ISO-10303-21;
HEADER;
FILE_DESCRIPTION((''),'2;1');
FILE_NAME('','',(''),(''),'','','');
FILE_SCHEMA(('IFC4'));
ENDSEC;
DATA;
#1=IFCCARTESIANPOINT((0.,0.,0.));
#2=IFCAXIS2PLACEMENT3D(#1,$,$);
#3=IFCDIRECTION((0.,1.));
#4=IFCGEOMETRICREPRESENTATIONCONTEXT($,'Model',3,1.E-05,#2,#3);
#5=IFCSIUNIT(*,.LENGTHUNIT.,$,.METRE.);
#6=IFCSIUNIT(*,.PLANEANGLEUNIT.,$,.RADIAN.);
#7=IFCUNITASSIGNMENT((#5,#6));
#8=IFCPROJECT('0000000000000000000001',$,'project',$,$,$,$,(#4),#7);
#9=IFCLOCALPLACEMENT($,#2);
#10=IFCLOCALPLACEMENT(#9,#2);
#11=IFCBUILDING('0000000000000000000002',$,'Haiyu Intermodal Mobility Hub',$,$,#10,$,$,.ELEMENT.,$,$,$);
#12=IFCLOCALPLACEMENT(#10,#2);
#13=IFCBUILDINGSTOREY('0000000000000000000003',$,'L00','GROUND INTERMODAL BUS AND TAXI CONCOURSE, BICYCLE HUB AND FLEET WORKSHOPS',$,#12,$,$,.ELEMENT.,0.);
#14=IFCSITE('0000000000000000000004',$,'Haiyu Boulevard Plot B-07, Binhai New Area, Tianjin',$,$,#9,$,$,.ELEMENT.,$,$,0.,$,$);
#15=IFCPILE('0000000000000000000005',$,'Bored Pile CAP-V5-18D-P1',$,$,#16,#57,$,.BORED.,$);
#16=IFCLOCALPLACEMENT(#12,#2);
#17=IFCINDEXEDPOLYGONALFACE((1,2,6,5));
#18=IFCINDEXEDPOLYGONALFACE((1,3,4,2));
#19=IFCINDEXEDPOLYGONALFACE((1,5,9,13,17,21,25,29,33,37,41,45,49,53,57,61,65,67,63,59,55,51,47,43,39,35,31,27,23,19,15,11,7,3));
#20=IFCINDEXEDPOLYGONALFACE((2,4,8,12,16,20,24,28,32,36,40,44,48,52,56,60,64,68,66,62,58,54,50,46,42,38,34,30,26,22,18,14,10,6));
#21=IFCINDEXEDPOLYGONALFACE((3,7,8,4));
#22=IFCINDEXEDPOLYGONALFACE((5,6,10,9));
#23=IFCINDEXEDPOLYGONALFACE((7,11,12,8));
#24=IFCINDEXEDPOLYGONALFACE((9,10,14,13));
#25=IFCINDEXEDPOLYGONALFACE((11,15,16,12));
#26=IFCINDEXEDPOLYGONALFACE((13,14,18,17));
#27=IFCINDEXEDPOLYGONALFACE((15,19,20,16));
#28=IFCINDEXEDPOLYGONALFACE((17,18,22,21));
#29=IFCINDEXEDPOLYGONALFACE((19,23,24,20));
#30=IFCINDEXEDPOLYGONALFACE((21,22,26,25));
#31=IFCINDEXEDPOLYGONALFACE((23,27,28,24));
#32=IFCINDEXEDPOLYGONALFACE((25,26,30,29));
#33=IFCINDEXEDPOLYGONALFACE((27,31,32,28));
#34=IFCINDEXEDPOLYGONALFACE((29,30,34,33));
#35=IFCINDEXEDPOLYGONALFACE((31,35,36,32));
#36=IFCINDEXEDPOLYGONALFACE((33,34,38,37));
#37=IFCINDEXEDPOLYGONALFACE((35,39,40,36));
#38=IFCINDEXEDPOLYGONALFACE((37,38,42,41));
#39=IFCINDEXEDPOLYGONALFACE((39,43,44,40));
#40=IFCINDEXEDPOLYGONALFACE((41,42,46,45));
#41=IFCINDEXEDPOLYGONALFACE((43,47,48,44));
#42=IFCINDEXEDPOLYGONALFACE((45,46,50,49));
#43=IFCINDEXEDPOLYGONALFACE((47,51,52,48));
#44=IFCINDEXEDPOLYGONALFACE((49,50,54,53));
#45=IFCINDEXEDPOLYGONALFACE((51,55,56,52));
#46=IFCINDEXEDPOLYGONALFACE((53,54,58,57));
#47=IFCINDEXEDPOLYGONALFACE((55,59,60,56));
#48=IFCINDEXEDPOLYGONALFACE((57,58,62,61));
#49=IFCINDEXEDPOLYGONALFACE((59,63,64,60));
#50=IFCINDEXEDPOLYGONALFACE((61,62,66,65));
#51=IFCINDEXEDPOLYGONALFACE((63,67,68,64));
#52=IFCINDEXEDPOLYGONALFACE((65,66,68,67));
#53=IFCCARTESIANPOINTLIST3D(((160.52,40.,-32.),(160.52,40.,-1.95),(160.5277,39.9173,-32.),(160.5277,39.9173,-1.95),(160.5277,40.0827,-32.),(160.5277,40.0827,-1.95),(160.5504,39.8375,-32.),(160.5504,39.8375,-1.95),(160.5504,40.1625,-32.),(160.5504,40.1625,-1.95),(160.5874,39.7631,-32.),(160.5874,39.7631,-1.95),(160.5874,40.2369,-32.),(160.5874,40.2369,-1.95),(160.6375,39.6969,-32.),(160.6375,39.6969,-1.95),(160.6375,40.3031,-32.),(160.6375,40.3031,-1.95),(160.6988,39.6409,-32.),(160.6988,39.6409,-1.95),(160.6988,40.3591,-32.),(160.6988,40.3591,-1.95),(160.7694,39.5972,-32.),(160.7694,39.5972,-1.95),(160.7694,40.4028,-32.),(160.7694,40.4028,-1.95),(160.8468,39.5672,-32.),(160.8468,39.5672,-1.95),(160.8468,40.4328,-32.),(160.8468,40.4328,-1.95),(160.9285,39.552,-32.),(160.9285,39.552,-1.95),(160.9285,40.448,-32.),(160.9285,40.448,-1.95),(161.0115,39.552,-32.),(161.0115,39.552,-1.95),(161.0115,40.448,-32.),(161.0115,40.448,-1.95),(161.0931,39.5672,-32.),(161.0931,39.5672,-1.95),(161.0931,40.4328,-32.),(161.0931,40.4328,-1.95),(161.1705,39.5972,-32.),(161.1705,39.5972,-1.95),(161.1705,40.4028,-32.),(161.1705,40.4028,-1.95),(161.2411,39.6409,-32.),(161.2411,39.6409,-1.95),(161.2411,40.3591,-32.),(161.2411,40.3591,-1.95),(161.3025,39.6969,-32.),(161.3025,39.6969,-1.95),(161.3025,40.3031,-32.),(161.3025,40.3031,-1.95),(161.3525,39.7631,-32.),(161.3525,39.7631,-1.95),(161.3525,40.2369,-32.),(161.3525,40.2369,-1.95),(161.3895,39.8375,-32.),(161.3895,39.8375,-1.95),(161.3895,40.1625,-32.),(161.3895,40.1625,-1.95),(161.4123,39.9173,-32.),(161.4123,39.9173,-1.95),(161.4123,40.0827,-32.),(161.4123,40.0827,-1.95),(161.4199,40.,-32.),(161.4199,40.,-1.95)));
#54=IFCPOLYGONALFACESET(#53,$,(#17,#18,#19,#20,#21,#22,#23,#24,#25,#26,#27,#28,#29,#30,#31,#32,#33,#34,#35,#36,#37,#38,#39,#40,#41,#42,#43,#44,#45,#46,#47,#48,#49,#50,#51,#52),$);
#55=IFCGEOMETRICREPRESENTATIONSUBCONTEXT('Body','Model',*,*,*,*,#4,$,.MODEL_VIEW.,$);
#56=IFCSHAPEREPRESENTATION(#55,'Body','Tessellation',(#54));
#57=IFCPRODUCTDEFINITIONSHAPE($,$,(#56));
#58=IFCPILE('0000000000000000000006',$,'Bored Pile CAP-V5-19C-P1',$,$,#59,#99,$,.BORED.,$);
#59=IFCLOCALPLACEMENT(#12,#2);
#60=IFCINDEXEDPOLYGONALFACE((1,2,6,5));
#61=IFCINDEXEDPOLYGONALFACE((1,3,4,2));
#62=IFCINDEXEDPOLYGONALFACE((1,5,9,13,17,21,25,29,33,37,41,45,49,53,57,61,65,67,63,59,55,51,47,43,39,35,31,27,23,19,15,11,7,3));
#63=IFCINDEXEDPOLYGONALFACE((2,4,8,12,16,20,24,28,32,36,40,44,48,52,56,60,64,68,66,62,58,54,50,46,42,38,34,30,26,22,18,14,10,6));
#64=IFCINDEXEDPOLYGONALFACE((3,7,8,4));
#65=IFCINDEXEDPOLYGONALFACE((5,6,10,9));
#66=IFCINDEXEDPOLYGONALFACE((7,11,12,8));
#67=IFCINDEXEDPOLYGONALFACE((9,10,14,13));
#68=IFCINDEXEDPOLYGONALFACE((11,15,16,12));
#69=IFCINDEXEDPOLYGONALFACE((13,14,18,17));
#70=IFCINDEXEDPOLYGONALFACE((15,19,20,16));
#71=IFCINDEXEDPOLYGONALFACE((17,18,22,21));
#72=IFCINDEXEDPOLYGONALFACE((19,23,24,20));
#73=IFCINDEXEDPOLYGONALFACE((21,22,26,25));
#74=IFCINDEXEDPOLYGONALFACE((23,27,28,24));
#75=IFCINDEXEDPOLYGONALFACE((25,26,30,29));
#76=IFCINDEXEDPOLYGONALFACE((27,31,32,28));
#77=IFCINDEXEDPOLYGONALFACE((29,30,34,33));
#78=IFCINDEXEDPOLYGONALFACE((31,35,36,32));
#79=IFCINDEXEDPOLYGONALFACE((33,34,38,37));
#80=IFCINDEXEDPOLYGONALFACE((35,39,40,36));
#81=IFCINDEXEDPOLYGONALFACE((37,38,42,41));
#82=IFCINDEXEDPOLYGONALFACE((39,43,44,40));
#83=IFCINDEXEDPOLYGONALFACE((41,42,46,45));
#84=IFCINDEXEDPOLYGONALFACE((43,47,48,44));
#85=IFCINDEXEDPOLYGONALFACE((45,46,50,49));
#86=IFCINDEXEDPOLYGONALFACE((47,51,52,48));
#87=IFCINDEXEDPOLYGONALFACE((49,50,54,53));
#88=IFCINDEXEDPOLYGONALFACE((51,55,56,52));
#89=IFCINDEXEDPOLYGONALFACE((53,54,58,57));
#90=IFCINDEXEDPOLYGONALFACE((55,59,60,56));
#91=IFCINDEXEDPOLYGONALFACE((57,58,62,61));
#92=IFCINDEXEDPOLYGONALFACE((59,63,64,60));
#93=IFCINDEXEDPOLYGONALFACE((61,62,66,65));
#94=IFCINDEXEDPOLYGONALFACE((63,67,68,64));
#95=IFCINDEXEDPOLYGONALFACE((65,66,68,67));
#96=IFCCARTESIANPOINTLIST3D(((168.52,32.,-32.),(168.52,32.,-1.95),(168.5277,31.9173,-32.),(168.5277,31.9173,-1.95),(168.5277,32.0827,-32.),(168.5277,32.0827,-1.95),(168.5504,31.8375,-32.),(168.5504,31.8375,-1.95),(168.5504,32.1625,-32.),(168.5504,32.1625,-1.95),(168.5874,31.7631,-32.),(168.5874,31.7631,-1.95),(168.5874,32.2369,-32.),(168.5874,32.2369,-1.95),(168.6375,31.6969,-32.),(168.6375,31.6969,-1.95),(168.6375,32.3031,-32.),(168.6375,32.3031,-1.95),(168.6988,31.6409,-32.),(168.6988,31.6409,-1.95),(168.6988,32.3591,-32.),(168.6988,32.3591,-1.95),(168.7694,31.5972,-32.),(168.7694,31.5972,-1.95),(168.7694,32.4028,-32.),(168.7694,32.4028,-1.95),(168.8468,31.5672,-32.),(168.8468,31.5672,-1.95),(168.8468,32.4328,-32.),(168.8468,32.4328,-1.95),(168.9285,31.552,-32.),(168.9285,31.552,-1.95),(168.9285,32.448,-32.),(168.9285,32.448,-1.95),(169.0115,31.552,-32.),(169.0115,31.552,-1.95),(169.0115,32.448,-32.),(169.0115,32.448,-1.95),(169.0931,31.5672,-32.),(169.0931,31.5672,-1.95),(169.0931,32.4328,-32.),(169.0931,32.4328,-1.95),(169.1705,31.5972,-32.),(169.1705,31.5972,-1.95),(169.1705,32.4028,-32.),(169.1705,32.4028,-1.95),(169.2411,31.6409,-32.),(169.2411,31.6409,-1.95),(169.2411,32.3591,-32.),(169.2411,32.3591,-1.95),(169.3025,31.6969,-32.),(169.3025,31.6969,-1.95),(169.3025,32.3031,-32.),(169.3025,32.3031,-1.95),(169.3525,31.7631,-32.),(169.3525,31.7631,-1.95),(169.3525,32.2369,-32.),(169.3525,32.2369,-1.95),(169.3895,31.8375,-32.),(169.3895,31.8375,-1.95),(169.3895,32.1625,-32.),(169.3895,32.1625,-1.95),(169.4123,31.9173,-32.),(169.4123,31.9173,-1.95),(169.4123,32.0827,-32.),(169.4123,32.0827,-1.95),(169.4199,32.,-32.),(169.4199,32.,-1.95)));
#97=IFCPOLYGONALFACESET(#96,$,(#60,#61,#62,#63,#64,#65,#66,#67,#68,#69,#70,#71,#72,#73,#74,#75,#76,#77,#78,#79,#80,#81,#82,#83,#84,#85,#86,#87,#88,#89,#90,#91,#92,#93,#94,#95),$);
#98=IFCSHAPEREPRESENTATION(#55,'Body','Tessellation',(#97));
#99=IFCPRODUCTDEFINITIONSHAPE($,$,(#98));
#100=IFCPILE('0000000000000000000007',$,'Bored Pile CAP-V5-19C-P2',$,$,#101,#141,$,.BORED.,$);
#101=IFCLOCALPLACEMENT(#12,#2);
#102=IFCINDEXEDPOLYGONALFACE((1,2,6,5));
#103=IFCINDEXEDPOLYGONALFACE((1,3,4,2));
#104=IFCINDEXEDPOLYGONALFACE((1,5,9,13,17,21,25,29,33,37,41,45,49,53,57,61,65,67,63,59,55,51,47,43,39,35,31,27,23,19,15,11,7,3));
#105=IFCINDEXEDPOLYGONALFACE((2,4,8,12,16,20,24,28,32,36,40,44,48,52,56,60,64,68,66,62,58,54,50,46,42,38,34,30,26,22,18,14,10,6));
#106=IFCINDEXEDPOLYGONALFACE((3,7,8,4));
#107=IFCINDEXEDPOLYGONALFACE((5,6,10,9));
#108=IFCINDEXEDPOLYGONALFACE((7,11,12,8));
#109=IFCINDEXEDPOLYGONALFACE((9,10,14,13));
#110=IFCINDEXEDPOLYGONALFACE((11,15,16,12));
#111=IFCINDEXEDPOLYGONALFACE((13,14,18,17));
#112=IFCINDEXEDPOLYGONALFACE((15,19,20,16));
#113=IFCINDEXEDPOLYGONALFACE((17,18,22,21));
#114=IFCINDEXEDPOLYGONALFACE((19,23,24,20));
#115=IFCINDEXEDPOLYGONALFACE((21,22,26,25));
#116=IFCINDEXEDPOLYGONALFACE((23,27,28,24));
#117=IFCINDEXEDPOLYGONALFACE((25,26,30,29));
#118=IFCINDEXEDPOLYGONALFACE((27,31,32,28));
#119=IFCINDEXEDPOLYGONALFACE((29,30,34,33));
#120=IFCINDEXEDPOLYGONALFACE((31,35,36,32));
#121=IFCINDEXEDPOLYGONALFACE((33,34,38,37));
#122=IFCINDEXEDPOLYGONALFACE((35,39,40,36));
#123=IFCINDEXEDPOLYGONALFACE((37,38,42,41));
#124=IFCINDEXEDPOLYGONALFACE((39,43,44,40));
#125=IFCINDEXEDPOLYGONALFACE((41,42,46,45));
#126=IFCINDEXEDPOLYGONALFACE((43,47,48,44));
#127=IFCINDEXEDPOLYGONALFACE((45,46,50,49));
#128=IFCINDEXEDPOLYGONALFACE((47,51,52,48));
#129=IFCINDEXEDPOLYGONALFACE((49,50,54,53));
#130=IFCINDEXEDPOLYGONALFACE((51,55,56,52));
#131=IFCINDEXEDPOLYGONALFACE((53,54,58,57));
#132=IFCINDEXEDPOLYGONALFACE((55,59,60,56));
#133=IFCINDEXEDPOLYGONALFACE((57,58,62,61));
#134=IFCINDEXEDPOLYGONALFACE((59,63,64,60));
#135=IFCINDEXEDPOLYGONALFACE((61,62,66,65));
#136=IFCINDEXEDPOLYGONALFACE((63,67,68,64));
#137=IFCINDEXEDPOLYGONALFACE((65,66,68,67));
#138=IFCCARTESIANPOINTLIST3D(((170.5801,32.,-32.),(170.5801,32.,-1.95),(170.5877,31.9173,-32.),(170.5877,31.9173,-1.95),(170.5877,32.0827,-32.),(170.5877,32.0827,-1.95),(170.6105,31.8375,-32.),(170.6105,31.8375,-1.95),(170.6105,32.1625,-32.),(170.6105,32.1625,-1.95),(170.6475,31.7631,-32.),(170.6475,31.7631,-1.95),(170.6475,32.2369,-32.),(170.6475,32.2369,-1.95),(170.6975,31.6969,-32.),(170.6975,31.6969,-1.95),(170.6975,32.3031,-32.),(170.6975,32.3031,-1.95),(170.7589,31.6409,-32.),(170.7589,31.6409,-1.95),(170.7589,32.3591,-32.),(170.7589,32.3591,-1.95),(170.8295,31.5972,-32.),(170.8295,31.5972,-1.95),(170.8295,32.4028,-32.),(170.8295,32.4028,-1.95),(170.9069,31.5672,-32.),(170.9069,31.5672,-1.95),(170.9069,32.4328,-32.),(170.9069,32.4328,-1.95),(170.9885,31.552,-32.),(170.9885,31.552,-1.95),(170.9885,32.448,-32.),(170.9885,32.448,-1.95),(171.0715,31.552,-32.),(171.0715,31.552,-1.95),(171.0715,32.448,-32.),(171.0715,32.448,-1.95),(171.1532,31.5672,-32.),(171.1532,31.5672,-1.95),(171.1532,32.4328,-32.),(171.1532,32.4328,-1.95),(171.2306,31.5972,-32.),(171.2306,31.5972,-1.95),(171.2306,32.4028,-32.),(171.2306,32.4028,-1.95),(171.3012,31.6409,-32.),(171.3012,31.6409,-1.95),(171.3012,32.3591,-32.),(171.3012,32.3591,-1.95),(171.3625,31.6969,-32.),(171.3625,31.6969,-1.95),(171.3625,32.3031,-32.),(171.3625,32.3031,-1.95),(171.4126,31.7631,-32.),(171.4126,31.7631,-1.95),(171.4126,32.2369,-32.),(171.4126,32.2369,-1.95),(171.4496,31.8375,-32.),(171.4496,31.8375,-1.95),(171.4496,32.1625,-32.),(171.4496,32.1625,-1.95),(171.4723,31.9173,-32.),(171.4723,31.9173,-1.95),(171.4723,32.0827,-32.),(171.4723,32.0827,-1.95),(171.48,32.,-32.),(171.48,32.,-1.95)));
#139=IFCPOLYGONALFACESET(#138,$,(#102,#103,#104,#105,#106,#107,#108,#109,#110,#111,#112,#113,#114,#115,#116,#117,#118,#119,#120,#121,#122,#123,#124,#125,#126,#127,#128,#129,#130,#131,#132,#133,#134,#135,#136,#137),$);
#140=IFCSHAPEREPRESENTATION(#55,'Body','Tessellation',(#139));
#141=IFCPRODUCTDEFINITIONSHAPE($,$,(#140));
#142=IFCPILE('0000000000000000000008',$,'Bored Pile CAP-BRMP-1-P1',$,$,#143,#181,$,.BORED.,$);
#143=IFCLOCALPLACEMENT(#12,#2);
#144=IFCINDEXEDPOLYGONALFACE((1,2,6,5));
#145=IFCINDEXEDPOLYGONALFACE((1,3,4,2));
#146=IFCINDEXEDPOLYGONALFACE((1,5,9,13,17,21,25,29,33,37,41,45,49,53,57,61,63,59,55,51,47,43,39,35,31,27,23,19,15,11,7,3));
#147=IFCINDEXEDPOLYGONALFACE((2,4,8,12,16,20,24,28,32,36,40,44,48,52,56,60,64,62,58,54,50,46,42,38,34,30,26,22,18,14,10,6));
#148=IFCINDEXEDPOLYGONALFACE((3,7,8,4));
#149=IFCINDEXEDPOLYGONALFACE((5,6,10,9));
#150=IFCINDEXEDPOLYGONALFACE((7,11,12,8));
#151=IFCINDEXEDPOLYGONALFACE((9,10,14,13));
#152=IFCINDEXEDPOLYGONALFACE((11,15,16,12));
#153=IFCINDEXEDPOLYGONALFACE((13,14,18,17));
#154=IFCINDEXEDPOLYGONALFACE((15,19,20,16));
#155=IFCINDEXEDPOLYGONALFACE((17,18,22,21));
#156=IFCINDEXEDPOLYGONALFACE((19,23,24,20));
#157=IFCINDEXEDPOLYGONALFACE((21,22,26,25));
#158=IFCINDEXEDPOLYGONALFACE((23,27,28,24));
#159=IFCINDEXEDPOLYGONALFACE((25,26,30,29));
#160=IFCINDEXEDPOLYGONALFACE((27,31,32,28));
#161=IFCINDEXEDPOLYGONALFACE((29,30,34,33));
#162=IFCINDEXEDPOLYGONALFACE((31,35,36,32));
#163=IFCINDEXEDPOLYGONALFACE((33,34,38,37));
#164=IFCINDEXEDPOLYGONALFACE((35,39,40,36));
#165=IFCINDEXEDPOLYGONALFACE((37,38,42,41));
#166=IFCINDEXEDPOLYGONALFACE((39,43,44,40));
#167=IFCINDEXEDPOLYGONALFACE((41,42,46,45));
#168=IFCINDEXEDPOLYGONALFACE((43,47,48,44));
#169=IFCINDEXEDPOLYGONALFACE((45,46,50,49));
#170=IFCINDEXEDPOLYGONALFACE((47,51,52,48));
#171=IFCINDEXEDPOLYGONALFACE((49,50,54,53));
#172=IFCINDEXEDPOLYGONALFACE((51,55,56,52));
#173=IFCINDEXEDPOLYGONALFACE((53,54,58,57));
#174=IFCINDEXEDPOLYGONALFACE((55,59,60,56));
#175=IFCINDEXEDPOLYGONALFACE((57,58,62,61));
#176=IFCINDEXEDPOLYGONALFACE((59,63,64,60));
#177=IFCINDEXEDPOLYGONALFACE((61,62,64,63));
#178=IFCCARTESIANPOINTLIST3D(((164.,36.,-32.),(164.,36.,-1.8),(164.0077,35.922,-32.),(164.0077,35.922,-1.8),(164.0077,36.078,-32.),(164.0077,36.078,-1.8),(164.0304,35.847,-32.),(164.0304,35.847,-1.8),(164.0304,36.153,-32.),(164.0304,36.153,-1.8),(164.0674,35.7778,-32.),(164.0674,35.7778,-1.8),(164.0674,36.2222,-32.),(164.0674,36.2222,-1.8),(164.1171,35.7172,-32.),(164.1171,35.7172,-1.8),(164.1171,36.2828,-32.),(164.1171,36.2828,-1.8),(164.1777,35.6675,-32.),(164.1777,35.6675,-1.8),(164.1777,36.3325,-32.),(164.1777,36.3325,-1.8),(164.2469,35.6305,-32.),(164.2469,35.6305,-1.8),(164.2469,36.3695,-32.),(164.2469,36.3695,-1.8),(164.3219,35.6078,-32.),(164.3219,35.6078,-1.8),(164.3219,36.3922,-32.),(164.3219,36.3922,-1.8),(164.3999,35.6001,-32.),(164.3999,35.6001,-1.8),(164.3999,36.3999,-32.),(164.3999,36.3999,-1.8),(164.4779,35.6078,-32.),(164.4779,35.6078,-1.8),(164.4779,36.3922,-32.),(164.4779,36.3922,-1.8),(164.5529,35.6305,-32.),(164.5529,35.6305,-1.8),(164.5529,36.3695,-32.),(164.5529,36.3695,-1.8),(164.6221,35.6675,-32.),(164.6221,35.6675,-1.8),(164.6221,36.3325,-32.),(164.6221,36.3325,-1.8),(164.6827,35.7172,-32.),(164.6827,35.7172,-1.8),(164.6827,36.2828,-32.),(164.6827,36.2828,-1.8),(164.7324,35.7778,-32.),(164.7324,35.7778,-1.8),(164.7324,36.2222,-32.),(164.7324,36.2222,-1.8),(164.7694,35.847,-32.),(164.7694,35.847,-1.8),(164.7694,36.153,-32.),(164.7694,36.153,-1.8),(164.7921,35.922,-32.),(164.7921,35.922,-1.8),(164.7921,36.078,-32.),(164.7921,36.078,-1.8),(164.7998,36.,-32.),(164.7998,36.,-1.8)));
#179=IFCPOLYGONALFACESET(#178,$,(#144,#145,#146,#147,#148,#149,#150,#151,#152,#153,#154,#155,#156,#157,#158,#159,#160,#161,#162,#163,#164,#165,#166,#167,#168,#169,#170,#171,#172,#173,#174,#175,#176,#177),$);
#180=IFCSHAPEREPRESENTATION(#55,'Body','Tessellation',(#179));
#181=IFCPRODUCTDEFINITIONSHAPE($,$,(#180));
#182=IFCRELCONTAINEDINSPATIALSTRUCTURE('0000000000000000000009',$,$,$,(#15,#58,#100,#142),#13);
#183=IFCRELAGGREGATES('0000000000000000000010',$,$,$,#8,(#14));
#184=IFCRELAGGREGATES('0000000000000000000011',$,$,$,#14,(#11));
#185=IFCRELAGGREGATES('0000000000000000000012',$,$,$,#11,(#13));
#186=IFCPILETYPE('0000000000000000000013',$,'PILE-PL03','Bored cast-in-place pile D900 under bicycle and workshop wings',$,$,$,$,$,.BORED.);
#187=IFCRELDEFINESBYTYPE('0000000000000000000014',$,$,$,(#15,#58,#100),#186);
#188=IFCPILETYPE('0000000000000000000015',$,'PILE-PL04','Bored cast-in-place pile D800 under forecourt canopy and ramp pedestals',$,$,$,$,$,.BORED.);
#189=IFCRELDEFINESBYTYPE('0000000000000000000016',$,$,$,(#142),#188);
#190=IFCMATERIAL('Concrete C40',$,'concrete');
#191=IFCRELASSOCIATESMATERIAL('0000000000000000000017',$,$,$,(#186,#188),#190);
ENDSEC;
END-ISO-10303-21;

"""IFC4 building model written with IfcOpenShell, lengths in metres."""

from ifc_helpers import new_model, si_unit, direction, frame, origin, origin_2d, place, context, subcontext, project, spatial, circle, extrude, material, material_profile, profile_set, type_object, element, save


model = new_model("IFC4")

# Units and contexts
model_context = context("Model", 3, precision=1e-05, world=origin(), true_north=direction((0.0, 1.0)))
body_context = subcontext(model_context, "Body", "Model", "MODEL_VIEW")
ifc_project = project(units=[si_unit("LENGTHUNIT", "METRE"), si_unit("PLANEANGLEUNIT", "RADIAN")], contexts=[model_context])

# Site, building, storey
site_placement = place(None, origin())
site = spatial("IfcSite", under=ifc_project, at=site_placement, Name="Haiyu Boulevard Plot B-07, Binhai New Area, Tianjin", CompositionType="ELEMENT", RefElevation=0.0)
building_placement = place(site_placement, origin())
building = spatial("IfcBuilding", under=site, at=building_placement, Name="Haiyu Intermodal Mobility Hub", CompositionType="ELEMENT")
storey_placement = place(building_placement, origin())
storey = spatial("IfcBuildingStorey", under=building, at=storey_placement, Name="L00", Description="GROUND INTERMODAL BUS AND TAXI CONCOURSE, BICYCLE HUB AND FLEET WORKSHOPS", CompositionType="ELEMENT", Elevation=0.0)

# Shared definitions
ifc_material_1 = material(Name="Concrete C40", Category="concrete")

# Piles
ifc_material_profile_1 = material_profile(ifc_material_1, circle(Radius=0.45, at=origin_2d()), Name="PILE-D900")
ifc_profile_set_1 = profile_set([ifc_material_profile_1], Name="Concrete C40")
pile_type_1 = type_object("IfcPileType", Name="PILE-PL03", Description="Bored cast-in-place pile D900 under bicycle and workshop wings", PredefinedType="BORED", material=ifc_profile_set_1)
for number, where, z_axis, x_axis, name in (
    (1, (160.97, 40.0, -1.95), (0.0, 0.0, -1.0), (1.0, 0.0, 0.0), "Bored Pile CAP-V5-18D-P1"),
    (2, (168.97, 32.0, -1.95), (0.0, 0.0, -1.0), (1.0, 0.0, 0.0), "Bored Pile CAP-V5-19C-P1"),
    (3, (171.03, 32.0, -1.95), (0.0, 0.0, -1.0), (1.0, 0.0, 0.0), "Bored Pile CAP-V5-19C-P2"),
):
    element("IfcPile", number, at=place(storey_placement, frame(where, z_axis=z_axis, x_axis=x_axis)), inside=storey, type_object=pile_type_1, Name=name, PredefinedType="BORED", context=body_context, shape_type="SweptSolid", body=[
        extrude(circle(Radius=0.45, at=origin_2d()), origin(), (0.0, 0.0, 1.0), 30.05),
    ])
ifc_material_profile_2 = material_profile(ifc_material_1, circle(Radius=0.3999, at=origin_2d()), Name="PILE-D800")
ifc_profile_set_2 = profile_set([ifc_material_profile_2], Name="Concrete C40")
pile_type_2 = type_object("IfcPileType", Name="PILE-PL04", Description="Bored cast-in-place pile D800 under forecourt canopy and ramp pedestals", PredefinedType="BORED", material=ifc_profile_set_2)
for number, where, z_axis, x_axis, name in (
    (4, (164.3999, 36.0, -1.8), (0.0, 0.0, -1.0), (1.0, 0.0, 0.0), "Bored Pile CAP-BRMP-1-P1"),
):
    element("IfcPile", number, at=place(storey_placement, frame(where, z_axis=z_axis, x_axis=x_axis)), inside=storey, type_object=pile_type_2, Name=name, PredefinedType="BORED", context=body_context, shape_type="SweptSolid", body=[
        extrude(circle(Radius=0.3999, at=origin_2d()), origin(), (0.0, 0.0, 1.0), 30.2),
    ])

save(model, "model.ifc")
